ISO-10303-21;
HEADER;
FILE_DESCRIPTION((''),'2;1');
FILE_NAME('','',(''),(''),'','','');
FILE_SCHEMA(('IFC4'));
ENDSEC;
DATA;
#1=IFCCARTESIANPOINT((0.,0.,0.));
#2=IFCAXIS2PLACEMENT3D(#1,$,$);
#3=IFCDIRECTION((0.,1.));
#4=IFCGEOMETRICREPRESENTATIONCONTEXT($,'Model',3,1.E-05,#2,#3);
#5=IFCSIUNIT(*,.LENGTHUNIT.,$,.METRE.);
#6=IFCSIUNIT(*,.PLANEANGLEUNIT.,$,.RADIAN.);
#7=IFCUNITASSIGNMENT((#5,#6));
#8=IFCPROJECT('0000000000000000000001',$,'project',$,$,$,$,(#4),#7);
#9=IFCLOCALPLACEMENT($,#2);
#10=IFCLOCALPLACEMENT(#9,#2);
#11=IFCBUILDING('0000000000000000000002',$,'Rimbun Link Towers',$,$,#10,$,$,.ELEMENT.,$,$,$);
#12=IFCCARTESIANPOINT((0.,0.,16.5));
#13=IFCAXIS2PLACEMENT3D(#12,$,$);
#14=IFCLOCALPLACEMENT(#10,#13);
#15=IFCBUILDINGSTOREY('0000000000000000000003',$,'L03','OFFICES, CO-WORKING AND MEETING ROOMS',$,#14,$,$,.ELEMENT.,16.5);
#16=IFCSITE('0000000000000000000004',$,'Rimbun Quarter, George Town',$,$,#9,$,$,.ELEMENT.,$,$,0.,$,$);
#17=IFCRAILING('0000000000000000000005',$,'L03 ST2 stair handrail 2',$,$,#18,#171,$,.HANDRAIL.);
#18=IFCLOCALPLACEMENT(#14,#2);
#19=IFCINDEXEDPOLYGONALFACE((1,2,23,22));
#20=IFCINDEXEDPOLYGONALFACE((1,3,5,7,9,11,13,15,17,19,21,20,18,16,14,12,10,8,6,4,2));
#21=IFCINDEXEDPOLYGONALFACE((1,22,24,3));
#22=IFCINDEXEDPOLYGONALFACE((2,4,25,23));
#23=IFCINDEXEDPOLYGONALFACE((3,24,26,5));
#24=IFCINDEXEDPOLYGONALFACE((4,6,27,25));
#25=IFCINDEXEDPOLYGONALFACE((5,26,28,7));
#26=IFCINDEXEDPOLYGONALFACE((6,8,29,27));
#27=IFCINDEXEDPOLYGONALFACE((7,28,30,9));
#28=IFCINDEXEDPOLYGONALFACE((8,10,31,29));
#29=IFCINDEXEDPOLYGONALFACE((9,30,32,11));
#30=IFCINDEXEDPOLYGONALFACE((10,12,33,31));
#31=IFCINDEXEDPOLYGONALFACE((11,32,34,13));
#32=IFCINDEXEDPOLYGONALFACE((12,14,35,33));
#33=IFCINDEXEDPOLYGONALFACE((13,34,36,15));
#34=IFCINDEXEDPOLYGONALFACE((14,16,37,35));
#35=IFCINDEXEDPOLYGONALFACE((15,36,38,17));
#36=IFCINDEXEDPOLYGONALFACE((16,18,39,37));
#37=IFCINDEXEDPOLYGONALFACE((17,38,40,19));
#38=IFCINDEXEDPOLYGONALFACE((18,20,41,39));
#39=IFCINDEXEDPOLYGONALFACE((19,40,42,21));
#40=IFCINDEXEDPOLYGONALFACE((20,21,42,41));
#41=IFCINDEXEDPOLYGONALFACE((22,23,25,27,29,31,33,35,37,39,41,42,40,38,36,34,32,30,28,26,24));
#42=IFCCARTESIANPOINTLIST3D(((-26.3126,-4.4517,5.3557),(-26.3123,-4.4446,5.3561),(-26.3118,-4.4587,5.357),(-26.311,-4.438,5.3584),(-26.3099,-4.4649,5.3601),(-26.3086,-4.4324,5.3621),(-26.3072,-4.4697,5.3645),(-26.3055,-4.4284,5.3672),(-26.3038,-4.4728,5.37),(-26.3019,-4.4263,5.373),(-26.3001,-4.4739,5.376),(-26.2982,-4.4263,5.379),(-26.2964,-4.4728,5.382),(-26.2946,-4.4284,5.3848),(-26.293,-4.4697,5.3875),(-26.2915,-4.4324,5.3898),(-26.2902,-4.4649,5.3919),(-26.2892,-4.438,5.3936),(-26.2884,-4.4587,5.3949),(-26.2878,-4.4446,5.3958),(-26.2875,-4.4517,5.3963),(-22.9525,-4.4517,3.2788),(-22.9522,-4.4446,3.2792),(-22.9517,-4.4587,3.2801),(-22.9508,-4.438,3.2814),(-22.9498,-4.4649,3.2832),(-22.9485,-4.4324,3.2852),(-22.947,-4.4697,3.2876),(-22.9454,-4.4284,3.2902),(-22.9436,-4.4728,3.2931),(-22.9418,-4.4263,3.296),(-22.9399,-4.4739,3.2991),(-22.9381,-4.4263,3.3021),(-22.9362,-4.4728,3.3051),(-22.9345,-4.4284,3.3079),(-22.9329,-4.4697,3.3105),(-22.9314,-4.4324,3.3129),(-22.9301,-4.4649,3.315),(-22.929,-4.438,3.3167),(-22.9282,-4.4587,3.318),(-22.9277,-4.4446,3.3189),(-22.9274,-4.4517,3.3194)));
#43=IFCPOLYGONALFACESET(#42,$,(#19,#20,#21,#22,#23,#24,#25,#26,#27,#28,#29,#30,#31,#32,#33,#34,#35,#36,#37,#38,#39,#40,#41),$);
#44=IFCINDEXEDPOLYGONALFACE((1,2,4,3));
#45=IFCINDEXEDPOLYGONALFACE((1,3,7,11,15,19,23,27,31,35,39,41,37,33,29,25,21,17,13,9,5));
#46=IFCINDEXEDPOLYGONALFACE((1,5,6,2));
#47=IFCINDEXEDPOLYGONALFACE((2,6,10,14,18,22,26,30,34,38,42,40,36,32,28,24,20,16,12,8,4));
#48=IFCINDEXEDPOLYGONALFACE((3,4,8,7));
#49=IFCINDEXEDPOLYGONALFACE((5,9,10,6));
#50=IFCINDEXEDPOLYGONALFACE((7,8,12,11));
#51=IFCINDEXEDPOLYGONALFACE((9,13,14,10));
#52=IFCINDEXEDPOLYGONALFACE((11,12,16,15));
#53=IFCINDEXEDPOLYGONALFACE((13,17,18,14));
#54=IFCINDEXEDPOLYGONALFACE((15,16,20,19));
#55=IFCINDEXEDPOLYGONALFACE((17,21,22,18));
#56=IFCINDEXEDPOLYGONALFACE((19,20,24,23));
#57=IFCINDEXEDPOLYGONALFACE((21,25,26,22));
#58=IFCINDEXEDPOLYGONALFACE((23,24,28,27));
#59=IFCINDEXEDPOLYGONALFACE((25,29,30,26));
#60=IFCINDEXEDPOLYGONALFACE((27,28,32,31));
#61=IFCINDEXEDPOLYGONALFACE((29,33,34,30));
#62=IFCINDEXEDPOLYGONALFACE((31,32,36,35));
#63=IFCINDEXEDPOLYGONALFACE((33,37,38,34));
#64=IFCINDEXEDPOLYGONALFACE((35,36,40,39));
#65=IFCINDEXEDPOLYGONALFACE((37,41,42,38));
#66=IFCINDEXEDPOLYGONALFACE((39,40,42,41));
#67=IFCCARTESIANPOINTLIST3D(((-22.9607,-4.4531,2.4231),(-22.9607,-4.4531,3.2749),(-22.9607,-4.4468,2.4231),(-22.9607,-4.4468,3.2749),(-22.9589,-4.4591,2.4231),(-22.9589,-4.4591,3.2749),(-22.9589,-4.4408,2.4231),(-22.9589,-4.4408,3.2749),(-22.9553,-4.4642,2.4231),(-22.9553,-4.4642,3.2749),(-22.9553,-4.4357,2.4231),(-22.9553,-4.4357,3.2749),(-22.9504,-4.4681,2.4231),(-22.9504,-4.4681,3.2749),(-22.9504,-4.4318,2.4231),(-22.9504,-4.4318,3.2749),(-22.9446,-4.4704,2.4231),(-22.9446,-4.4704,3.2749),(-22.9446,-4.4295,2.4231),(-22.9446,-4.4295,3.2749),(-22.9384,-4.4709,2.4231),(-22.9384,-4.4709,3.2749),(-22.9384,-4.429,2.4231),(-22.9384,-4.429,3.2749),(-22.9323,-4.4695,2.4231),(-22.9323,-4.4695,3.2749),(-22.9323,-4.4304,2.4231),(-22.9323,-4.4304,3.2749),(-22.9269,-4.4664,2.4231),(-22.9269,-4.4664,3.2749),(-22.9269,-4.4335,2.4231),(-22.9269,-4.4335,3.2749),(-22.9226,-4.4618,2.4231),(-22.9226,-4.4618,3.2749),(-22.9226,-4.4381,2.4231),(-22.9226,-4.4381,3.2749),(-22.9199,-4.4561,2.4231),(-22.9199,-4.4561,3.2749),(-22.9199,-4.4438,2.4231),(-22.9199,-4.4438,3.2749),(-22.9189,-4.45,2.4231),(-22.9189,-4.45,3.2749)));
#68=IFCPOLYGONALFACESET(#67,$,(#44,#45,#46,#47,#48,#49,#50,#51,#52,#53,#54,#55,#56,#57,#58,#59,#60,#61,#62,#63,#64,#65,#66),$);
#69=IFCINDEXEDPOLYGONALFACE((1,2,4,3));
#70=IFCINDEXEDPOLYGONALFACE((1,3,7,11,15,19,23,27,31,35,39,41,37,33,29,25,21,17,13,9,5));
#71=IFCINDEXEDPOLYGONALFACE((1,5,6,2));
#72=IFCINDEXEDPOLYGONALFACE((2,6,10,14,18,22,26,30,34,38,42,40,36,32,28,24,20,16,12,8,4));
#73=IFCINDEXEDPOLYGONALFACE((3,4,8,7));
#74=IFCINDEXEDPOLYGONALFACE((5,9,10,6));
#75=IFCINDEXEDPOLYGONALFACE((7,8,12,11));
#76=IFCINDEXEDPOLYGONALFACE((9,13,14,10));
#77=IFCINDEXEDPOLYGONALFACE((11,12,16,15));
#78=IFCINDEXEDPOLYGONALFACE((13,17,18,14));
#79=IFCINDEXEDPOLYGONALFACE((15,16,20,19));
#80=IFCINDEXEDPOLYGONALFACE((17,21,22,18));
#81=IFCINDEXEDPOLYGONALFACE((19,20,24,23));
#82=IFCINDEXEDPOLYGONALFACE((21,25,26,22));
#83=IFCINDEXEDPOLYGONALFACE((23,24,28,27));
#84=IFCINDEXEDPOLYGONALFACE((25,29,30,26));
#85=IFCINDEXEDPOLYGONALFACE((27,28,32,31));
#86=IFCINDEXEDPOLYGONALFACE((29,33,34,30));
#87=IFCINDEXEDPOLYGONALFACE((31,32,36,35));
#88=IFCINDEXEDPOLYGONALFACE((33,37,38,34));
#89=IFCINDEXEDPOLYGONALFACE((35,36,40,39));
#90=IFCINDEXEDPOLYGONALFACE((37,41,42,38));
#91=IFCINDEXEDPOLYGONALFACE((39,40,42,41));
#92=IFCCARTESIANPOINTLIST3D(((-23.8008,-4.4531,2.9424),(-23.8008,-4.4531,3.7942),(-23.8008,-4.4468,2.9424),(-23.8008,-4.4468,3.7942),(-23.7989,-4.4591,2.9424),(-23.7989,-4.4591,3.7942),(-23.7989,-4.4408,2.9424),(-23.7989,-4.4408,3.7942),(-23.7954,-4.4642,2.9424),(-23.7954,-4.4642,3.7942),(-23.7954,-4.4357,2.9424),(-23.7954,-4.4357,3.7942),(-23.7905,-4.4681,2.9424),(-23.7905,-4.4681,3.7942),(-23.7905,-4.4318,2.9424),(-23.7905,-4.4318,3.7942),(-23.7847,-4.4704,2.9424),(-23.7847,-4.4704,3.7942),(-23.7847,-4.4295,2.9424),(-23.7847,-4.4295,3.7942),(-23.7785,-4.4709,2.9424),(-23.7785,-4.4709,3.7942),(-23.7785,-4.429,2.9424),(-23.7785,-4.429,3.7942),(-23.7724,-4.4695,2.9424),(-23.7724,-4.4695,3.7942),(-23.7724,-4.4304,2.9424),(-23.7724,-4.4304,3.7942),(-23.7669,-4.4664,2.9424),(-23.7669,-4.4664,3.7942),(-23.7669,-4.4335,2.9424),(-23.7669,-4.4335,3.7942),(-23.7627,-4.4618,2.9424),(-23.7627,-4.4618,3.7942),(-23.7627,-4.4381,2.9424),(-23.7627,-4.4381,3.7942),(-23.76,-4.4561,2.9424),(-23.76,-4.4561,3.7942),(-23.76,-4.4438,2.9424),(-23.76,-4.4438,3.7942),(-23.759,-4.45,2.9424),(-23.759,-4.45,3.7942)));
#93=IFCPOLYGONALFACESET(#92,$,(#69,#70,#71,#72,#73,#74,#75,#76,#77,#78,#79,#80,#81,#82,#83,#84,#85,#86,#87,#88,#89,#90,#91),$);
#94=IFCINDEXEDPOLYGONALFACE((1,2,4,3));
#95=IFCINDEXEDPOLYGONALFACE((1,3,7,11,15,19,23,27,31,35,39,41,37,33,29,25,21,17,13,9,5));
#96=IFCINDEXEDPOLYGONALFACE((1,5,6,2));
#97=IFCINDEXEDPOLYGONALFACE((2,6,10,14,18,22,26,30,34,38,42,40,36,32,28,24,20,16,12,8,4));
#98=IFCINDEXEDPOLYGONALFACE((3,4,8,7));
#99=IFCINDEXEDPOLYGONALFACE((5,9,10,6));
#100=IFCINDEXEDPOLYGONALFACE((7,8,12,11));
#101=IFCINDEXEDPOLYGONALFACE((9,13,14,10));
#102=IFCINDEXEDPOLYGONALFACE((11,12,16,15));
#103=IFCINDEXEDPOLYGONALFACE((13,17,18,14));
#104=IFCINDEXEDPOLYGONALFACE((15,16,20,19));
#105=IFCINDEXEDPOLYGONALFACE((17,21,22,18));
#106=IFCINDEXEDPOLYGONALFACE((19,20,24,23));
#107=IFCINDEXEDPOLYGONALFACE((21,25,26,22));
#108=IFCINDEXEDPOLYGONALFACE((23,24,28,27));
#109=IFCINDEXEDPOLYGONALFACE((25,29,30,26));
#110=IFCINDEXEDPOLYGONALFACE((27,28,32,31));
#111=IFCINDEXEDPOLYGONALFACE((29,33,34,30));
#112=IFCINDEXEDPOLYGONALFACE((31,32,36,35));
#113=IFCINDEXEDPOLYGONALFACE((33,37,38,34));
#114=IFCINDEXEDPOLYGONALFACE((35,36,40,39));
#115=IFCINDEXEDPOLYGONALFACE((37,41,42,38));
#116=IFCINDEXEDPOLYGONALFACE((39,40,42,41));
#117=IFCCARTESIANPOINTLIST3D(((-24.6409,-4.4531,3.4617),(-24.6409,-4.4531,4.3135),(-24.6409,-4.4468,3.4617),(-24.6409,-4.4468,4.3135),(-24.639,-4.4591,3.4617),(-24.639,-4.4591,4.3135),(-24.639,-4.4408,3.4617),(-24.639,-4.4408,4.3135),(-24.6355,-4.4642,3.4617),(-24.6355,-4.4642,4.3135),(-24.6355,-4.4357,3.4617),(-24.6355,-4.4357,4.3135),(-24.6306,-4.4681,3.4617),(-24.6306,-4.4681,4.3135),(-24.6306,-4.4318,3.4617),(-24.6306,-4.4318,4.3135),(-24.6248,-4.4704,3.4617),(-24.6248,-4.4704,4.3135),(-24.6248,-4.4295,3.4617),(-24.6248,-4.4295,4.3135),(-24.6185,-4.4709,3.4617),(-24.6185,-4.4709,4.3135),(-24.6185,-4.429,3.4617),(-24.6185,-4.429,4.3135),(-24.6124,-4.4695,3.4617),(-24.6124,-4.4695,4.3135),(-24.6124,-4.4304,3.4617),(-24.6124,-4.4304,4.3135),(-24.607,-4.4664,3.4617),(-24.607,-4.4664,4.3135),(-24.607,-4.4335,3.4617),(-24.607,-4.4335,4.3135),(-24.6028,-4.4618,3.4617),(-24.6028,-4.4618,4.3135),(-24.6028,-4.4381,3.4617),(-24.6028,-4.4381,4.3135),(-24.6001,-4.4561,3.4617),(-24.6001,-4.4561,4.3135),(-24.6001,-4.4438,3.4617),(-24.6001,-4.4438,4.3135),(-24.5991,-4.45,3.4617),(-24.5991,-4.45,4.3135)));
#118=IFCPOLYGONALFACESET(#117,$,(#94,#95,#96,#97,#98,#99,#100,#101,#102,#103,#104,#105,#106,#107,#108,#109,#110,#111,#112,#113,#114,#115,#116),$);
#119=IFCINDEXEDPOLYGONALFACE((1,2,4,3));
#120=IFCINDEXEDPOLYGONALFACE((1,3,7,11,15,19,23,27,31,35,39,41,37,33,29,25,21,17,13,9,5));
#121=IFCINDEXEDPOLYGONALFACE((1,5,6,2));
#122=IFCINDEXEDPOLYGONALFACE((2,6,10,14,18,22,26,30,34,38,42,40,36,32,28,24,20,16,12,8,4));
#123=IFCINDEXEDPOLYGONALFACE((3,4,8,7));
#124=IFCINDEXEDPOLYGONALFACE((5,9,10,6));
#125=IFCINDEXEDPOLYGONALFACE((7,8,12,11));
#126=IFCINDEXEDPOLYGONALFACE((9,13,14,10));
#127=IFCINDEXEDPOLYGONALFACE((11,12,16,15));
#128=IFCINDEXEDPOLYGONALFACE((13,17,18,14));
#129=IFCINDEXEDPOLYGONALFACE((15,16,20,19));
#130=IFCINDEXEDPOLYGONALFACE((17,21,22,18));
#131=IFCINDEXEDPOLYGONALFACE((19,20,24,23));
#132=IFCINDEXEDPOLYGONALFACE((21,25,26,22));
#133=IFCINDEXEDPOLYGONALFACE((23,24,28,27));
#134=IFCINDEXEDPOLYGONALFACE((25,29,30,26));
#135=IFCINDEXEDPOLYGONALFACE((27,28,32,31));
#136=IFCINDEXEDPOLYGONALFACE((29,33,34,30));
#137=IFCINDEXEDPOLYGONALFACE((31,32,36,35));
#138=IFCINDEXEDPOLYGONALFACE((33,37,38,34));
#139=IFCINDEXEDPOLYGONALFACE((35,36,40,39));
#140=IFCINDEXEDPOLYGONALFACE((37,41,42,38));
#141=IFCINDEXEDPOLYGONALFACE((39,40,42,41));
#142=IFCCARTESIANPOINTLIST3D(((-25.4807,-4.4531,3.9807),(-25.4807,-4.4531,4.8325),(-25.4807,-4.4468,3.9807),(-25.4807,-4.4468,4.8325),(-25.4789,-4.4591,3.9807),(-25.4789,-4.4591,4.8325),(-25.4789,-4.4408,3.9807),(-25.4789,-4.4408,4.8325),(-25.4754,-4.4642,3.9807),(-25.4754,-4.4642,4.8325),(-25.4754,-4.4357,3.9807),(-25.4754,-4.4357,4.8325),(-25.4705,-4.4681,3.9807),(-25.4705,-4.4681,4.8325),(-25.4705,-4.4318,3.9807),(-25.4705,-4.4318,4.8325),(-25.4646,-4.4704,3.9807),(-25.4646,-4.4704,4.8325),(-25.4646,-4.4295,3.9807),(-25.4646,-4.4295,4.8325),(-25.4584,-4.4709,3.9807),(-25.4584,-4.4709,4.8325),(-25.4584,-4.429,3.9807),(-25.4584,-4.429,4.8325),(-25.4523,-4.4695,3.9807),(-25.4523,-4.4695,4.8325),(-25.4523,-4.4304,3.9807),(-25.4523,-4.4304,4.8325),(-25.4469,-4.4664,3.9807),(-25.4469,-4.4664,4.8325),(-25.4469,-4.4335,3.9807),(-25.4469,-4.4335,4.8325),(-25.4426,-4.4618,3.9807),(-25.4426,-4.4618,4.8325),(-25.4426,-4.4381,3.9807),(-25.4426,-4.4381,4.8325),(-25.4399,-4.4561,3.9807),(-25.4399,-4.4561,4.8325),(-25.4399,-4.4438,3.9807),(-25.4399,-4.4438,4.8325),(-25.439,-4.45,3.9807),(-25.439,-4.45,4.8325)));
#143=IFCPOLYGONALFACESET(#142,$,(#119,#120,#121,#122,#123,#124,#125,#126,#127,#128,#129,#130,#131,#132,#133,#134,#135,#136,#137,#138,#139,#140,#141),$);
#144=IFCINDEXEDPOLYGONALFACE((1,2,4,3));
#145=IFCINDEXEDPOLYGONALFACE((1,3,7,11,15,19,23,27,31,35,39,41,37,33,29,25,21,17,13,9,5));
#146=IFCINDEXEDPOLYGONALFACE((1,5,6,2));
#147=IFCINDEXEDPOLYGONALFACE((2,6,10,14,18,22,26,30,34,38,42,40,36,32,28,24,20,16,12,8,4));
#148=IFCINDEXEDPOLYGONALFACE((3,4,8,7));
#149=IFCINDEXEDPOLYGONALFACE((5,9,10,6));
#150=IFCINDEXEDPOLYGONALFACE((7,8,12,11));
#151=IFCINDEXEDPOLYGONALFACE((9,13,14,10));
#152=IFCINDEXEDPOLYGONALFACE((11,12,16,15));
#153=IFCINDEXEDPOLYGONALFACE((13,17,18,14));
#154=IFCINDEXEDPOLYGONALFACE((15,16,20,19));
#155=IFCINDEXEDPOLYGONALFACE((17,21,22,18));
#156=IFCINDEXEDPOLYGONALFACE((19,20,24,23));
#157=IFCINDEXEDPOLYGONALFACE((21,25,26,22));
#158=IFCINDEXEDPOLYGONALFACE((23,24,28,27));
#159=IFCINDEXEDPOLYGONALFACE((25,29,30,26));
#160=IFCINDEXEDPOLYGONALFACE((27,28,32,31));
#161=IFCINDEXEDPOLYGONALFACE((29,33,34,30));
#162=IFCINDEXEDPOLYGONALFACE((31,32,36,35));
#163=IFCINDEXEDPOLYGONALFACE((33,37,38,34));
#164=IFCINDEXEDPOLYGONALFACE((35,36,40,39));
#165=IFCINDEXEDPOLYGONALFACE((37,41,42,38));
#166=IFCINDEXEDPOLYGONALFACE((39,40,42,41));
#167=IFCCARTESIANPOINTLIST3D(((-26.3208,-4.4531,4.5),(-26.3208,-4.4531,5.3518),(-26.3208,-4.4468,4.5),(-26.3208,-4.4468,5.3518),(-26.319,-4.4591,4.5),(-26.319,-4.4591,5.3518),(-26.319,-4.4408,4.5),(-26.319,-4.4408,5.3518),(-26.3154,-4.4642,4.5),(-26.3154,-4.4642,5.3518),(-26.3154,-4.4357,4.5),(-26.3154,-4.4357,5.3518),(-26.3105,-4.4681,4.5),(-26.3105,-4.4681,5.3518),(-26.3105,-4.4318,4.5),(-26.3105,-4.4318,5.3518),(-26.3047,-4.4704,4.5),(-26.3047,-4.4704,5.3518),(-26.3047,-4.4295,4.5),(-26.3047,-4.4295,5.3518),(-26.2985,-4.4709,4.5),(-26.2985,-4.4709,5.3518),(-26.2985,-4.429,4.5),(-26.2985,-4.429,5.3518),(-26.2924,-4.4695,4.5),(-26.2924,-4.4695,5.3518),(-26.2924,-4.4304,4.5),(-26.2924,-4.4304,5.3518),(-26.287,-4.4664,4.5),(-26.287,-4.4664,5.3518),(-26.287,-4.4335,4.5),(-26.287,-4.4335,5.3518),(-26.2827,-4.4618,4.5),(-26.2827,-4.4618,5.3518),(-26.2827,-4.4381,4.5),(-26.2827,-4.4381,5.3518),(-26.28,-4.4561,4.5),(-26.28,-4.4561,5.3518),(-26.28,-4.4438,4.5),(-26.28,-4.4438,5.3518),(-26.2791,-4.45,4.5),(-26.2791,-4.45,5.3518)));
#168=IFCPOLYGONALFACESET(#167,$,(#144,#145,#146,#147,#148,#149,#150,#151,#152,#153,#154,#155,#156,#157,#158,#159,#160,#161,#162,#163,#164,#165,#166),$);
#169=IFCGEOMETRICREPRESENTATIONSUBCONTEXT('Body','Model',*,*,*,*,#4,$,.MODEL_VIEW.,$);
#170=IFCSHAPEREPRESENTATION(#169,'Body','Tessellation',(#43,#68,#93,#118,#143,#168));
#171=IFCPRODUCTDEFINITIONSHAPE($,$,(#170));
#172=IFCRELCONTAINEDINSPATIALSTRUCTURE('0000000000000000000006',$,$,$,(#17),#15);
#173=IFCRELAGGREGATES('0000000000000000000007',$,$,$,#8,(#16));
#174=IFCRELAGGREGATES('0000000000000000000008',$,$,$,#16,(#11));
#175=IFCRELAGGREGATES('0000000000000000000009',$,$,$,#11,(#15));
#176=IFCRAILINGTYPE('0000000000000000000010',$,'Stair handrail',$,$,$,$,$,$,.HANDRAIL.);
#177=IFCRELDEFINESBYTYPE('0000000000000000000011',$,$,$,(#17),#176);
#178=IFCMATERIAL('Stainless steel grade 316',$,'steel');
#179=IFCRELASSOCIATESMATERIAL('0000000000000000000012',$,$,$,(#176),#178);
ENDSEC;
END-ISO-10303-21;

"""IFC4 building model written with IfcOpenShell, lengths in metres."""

from ifc_helpers import new_model, si_unit, direction, frame, origin, origin_2d, place, context, subcontext, project, spatial, circle, extrude, material, type_object, element, save


model = new_model("IFC4")

# Units and contexts
model_context = context("Model", 3, precision=1e-05, world=origin(), true_north=direction((0.0, 1.0)))
body_context = subcontext(model_context, "Body", "Model", "MODEL_VIEW")
ifc_project = project(units=[si_unit("LENGTHUNIT", "METRE"), si_unit("PLANEANGLEUNIT", "RADIAN")], contexts=[model_context])

# Site, building, storey
site_placement = place(None, origin())
site = spatial("IfcSite", under=ifc_project, at=site_placement, Name="Rimbun Quarter, George Town", CompositionType="ELEMENT", RefElevation=0.0)
building_placement = place(site_placement, origin())
building = spatial("IfcBuilding", under=site, at=building_placement, Name="Rimbun Link Towers", CompositionType="ELEMENT")
storey_placement = place(building_placement, frame((0.0, 0.0, 16.5)))
storey = spatial("IfcBuildingStorey", under=building, at=storey_placement, Name="L03", Description="OFFICES, CO-WORKING AND MEETING ROOMS", CompositionType="ELEMENT", Elevation=16.5)

# Railing
ifc_material_1 = material(Name="Stainless steel grade 316", Category="steel")
railing_type_1 = type_object("IfcRailingType", Name="Stair handrail", PredefinedType="HANDRAIL", material=ifc_material_1)
railing_1_placement = place(storey_placement, frame((-22.9399, -4.45, 2.4231)))
element("IfcRailing", 1, at=railing_1_placement, inside=storey, type_object=railing_type_1, Name="L03 ST2 stair handrail 2", PredefinedType="HANDRAIL", context=body_context, shape_type="SweptSolid", body=[
    extrude(circle(Radius=0.0239, at=origin_2d()), frame((0.0, 0.0, 0.876), z_axis=(-0.850623, 0.0, 0.525776), x_axis=(0.0, -1.0, 0.0)), (0.0, 0.0, 1.0), 3.9502),
    extrude(circle(Radius=0.021, at=origin_2d()), origin(), (0.0, 0.0, 1.0), 0.8518),
    extrude(circle(Radius=0.021, at=origin_2d()), frame((-0.8401, 0.0, 0.5193)), (0.0, 0.0, 1.0), 0.8518),
    extrude(circle(Radius=0.021, at=origin_2d()), frame((-1.6802, 0.0, 1.0386)), (0.0, 0.0, 1.0), 0.8518),
    extrude(circle(Radius=0.021, at=origin_2d()), frame((-2.52, 0.0, 1.5576)), (0.0, 0.0, 1.0), 0.8518),
    extrude(circle(Radius=0.021, at=origin_2d()), frame((-3.3601, 0.0, 2.0769)), (0.0, 0.0, 1.0), 0.8518),
])

save(model, "model.ifc")
